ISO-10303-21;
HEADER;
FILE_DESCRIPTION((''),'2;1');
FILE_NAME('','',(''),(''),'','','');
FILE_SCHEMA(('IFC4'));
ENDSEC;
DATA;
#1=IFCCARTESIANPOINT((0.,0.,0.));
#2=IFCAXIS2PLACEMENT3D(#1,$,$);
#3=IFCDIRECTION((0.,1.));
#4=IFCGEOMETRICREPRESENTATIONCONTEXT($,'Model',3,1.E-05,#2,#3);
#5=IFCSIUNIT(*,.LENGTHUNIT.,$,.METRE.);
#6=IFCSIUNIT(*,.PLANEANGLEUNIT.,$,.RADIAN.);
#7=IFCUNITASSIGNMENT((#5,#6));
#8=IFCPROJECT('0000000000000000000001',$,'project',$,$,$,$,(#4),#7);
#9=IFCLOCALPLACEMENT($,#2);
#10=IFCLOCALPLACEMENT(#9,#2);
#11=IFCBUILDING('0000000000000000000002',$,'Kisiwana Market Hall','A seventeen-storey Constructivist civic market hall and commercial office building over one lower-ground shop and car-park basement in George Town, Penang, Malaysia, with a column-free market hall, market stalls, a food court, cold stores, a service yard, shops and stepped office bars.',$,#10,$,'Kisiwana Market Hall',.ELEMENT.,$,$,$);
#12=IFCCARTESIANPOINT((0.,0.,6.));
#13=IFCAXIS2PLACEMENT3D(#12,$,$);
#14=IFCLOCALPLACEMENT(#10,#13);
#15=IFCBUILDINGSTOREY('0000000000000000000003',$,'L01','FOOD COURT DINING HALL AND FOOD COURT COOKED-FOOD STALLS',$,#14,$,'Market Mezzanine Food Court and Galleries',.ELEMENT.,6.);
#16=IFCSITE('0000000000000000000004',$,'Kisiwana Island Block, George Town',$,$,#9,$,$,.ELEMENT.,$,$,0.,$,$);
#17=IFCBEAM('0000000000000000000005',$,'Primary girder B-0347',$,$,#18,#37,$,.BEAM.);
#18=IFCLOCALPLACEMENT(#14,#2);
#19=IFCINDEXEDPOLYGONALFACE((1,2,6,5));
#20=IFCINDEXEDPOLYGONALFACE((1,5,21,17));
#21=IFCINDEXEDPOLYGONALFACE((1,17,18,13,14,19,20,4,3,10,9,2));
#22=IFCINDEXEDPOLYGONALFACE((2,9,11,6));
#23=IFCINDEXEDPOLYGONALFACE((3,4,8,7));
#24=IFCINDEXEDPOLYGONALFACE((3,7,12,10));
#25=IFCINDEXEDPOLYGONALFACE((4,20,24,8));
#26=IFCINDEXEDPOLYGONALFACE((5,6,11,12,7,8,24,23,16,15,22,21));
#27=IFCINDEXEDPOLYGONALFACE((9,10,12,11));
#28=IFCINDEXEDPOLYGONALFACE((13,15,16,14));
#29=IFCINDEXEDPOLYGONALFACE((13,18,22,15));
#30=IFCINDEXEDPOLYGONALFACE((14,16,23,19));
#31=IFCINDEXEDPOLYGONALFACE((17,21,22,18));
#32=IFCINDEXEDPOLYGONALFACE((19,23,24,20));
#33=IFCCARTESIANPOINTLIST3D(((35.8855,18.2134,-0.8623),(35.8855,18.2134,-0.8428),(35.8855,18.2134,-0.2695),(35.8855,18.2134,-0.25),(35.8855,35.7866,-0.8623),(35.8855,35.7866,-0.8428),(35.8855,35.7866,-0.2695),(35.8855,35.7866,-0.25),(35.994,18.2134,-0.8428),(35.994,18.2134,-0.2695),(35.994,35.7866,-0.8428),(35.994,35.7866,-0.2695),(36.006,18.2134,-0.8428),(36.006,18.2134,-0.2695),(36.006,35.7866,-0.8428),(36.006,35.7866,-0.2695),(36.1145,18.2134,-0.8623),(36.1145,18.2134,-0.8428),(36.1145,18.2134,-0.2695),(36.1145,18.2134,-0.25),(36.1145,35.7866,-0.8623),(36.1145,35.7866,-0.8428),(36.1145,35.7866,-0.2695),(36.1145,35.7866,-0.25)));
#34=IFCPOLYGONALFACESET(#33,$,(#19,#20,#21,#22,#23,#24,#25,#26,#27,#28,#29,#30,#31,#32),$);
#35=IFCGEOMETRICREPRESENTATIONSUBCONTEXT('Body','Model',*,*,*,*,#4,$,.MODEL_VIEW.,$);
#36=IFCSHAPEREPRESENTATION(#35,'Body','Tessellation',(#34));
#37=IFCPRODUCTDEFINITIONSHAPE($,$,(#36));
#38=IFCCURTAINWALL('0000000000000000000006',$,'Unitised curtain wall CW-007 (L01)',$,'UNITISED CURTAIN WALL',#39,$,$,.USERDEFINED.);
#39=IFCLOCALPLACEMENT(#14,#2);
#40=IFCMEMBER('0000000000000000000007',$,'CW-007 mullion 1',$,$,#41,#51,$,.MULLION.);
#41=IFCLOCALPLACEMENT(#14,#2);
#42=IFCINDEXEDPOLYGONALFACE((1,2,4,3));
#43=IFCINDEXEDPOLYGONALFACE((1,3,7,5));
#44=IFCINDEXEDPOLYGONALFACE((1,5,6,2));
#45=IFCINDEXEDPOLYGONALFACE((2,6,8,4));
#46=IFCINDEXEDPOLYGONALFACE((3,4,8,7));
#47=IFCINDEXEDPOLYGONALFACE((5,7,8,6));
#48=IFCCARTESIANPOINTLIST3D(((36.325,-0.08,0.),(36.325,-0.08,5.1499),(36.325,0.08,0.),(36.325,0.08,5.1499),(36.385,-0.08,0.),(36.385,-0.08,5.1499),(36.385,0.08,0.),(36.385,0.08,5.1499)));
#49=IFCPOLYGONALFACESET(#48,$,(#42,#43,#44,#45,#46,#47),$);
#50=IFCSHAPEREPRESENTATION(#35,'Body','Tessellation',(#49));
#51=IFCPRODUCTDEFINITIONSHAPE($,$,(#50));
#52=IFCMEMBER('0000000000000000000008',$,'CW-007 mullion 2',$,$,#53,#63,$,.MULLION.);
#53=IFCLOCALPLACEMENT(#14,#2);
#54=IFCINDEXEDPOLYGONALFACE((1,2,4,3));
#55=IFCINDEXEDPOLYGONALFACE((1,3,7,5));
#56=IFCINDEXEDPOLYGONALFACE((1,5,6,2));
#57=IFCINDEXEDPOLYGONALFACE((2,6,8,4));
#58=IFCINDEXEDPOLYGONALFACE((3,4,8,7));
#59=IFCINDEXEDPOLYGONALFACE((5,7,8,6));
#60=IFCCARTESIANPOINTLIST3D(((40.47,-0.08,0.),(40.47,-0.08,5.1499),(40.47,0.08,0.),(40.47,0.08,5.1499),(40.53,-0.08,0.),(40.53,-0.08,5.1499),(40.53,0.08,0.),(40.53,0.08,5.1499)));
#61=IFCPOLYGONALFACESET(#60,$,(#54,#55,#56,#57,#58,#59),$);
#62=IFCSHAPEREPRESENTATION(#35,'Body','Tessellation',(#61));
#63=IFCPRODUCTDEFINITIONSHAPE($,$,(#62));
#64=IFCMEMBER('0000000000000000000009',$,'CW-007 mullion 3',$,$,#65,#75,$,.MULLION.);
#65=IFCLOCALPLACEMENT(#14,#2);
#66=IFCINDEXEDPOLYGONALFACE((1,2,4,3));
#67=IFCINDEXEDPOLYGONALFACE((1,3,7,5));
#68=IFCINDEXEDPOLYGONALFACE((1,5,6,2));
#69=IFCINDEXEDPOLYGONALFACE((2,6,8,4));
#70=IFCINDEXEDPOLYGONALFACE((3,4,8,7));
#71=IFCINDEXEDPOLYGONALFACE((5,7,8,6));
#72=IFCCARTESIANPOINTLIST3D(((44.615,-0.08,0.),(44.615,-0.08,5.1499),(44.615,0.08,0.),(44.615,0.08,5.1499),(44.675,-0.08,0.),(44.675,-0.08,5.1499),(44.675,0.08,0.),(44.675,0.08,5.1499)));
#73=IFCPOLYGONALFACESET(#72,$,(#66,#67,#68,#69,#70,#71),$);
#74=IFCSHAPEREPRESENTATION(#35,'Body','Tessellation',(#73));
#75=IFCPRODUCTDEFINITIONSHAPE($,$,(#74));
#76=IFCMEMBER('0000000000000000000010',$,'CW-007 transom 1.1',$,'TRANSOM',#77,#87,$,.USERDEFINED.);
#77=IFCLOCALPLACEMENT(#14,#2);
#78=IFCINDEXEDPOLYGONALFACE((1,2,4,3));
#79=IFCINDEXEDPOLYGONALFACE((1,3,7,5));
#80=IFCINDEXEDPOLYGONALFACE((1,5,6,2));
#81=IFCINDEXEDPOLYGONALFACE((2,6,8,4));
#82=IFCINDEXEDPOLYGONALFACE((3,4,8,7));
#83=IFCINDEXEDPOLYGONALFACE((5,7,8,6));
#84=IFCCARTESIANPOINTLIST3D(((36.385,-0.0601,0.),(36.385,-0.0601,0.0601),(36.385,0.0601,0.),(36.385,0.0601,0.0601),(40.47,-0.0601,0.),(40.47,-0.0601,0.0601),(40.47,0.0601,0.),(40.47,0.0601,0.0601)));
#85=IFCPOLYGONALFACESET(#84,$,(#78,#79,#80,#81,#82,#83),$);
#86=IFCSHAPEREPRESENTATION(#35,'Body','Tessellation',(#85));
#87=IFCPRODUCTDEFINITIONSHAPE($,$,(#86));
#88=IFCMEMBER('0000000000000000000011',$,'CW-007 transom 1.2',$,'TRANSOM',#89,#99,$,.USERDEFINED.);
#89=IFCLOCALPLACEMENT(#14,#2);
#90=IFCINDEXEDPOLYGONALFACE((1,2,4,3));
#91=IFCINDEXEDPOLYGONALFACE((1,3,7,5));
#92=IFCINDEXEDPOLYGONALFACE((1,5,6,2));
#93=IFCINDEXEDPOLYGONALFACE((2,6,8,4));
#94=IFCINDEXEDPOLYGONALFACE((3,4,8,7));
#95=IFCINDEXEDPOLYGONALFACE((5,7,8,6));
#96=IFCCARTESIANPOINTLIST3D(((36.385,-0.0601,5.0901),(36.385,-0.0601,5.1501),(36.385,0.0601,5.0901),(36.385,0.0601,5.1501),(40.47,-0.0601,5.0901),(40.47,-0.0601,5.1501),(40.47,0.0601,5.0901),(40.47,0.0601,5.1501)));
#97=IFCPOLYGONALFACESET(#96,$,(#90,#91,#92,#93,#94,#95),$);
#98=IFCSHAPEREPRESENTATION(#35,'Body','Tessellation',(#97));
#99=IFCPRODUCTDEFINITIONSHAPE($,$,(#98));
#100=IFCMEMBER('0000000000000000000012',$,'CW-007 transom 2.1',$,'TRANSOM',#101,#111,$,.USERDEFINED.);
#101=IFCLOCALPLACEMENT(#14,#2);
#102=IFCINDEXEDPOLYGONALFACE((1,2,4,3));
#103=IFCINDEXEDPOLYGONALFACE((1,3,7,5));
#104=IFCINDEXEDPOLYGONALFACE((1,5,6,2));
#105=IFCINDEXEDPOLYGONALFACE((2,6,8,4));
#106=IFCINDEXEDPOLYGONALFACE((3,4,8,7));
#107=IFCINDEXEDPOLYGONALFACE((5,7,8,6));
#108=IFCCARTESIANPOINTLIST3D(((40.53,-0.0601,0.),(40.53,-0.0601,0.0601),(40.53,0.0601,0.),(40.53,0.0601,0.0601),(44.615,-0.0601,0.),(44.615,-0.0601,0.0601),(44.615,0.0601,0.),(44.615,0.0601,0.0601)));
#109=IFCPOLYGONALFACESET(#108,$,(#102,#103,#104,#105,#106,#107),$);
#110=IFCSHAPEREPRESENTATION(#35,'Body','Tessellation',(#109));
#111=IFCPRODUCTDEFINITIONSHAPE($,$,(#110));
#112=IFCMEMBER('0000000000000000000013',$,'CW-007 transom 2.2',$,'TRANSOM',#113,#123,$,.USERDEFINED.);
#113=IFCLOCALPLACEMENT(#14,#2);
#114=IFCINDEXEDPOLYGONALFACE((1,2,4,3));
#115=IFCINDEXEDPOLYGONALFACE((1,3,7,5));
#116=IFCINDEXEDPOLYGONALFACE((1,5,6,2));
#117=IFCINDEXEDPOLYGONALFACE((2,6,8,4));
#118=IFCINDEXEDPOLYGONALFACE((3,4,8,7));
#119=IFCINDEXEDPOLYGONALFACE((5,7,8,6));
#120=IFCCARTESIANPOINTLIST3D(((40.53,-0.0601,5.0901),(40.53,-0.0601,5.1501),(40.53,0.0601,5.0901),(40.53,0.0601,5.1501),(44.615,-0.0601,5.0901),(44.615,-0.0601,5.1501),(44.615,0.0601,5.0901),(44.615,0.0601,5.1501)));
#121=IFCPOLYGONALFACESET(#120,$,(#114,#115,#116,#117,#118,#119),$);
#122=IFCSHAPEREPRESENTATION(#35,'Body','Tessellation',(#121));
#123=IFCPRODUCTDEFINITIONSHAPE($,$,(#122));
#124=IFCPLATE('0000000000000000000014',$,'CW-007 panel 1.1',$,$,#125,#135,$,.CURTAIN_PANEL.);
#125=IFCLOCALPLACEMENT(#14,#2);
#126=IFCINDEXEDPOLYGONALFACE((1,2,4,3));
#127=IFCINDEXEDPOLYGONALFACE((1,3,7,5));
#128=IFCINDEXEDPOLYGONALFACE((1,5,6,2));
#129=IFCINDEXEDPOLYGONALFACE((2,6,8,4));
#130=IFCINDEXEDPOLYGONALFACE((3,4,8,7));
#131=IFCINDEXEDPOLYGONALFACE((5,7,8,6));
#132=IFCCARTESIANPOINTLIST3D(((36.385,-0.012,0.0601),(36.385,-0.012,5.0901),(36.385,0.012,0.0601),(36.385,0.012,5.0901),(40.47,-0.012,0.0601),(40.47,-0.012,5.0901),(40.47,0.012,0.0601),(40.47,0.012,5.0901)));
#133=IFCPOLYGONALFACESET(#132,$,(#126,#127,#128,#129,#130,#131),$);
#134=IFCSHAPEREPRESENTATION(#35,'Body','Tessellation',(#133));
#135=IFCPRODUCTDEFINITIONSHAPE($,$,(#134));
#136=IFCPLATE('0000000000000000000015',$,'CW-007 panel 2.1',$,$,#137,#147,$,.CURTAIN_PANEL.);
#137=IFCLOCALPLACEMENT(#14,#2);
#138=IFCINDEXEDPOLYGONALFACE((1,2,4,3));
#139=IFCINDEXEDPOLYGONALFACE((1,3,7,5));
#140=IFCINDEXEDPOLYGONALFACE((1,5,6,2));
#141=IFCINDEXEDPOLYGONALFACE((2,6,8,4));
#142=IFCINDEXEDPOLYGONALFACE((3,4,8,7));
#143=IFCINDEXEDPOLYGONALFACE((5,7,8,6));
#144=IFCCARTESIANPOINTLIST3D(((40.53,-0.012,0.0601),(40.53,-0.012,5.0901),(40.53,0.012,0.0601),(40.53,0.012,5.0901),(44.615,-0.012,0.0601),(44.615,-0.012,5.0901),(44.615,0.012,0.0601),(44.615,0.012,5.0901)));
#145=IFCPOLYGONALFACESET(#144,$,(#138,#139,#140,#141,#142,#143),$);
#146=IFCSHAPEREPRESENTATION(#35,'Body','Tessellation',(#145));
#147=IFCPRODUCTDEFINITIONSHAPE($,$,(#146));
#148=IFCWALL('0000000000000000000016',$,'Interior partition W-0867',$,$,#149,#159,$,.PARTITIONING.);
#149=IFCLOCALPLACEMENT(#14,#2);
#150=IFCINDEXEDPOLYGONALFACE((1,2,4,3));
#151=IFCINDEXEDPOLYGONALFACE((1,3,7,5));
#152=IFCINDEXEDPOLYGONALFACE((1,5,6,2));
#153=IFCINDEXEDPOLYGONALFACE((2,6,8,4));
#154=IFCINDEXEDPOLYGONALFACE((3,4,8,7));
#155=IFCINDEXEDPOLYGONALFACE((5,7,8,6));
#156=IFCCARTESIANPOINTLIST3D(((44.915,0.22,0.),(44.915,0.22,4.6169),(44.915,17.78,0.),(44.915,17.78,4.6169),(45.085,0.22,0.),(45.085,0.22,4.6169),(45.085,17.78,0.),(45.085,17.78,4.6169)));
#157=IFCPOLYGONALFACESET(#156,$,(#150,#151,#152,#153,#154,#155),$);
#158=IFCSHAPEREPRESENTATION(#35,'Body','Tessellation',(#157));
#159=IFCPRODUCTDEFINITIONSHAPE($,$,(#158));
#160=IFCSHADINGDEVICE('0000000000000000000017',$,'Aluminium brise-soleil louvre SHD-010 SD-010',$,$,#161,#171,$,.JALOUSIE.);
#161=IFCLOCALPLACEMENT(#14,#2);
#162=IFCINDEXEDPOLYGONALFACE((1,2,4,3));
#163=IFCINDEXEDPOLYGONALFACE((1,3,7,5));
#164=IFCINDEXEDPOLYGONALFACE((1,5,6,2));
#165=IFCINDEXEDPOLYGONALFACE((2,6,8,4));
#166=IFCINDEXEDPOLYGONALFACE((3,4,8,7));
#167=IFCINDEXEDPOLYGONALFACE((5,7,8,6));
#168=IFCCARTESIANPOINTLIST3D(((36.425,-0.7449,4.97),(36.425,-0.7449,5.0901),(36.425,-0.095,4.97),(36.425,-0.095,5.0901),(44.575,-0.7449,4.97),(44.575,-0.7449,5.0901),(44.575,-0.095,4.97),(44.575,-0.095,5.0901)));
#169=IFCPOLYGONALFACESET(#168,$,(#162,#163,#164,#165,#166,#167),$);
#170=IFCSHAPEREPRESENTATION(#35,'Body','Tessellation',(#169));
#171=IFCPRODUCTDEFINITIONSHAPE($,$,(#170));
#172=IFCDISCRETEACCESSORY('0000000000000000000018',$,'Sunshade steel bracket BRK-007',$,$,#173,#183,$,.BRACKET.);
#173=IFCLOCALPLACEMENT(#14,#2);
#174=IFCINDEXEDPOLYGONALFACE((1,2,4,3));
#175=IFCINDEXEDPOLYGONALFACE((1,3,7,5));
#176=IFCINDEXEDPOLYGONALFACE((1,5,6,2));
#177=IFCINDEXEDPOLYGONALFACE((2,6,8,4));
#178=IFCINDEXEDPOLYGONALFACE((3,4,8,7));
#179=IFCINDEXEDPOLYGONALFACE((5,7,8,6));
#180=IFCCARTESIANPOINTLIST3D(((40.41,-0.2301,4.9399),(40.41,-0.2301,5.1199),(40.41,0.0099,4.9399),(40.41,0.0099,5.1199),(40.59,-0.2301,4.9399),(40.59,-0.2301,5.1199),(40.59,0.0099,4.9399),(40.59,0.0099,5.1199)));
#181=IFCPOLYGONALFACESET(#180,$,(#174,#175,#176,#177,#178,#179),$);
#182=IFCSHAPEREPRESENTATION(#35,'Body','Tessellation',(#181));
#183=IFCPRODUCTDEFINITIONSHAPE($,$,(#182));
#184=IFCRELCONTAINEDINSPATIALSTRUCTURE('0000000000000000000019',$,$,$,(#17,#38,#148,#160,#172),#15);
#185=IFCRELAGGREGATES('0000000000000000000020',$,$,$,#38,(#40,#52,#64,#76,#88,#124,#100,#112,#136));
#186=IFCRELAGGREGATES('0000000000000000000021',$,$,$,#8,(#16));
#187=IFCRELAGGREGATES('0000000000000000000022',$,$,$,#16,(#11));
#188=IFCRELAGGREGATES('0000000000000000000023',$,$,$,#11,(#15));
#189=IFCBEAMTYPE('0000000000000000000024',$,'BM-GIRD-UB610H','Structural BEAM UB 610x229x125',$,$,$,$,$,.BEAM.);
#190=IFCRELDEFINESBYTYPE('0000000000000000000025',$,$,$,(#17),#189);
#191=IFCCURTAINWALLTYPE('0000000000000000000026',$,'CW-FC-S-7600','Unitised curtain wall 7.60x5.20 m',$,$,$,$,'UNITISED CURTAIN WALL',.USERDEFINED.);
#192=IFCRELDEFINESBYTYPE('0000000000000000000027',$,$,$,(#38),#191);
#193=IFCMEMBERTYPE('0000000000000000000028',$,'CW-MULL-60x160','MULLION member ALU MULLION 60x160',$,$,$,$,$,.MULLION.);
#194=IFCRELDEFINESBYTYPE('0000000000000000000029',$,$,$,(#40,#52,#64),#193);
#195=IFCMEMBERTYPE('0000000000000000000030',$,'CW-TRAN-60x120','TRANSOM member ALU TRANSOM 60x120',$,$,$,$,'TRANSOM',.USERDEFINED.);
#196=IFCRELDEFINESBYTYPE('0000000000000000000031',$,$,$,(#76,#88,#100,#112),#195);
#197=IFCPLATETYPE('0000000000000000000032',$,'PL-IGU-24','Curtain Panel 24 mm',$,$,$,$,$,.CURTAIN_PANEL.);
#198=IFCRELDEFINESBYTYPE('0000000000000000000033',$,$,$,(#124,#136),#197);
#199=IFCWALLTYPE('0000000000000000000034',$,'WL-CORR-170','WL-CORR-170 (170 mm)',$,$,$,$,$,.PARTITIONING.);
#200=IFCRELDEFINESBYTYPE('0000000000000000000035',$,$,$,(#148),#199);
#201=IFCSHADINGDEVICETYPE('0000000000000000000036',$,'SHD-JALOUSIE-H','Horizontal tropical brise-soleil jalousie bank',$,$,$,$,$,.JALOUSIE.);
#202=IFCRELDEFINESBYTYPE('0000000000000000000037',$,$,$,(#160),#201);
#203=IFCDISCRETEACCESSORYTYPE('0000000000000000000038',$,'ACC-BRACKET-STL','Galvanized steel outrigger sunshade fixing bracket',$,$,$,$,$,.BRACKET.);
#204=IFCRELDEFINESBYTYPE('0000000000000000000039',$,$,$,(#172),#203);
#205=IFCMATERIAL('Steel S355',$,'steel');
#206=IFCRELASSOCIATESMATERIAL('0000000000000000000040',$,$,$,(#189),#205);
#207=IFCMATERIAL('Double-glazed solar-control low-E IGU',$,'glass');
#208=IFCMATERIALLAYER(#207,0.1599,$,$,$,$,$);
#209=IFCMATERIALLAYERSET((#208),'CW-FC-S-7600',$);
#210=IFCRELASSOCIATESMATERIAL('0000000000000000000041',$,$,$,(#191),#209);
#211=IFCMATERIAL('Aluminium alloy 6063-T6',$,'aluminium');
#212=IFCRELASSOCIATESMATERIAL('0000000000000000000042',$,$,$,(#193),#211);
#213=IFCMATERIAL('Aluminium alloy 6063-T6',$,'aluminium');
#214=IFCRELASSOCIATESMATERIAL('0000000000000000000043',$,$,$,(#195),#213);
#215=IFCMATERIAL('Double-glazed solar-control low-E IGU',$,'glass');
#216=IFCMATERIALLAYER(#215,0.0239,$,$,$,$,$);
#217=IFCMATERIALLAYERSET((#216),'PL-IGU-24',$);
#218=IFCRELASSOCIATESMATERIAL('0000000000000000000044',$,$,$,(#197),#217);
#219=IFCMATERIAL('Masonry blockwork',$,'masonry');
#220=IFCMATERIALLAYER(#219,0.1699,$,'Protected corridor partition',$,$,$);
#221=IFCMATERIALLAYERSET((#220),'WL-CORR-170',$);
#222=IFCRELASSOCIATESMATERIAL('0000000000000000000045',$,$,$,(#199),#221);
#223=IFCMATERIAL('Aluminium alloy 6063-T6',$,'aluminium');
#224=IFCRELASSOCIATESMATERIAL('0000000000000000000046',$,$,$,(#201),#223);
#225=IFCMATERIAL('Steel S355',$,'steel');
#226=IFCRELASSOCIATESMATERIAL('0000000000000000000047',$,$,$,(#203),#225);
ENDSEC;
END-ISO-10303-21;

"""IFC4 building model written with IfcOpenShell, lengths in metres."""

from ifc_helpers import new_model, si_unit, direction, frame, frame_2d, origin, origin_2d, place, context, subcontext, project, spatial, rectangle, i_section, extrude, material, layer, layer_set, material_profile, profile_set, type_object, element, aggregate, save


model = new_model("IFC4")

# Units and contexts
model_context = context("Model", 3, precision=1e-05, world=origin(), true_north=direction((0.0, 1.0)))
body_context = subcontext(model_context, "Body", "Model", "MODEL_VIEW")
ifc_project = project(units=[si_unit("LENGTHUNIT", "METRE"), si_unit("PLANEANGLEUNIT", "RADIAN")], contexts=[model_context])

# Site, building, storey
site_placement = place(None, origin())
site = spatial("IfcSite", under=ifc_project, at=site_placement, Name="Kisiwana Island Block, George Town", CompositionType="ELEMENT", RefElevation=0.0)
building_placement = place(site_placement, origin())
building = spatial("IfcBuilding", under=site, at=building_placement, Name="Kisiwana Market Hall", Description="A seventeen-storey Constructivist civic market hall and commercial office building over one lower-ground shop and car-park basement in George Town, Penang, Malaysia, with a column-free market hall, market stalls, a food court, cold stores, a service yard, shops and stepped office bars.", LongName="Kisiwana Market Hall", CompositionType="ELEMENT")
storey_placement = place(building_placement, frame((0.0, 0.0, 6.0)))
storey = spatial("IfcBuildingStorey", under=building, at=storey_placement, Name="L01", Description="FOOD COURT DINING HALL AND FOOD COURT COOKED-FOOD STALLS", LongName="Market Mezzanine Food Court and Galleries", CompositionType="ELEMENT", Elevation=6.0)

# Beam
ifc_material_1 = material(Name="Steel S355", Category="steel")
ifc_material_profile_1 = material_profile(ifc_material_1, i_section(OverallWidth=0.229, OverallDepth=0.6123, WebThickness=0.012, FlangeThickness=0.0195, at=origin_2d()), Name="UB 610x229x125")
ifc_profile_set_1 = profile_set([ifc_material_profile_1], Name="Steel S355")
beam_type_1 = type_object("IfcBeamType", Name="BM-GIRD-UB610H", Description="Structural BEAM UB 610x229x125", PredefinedType="BEAM", material=ifc_profile_set_1)
beam_1_placement = place(storey_placement, frame((36.0, 18.2134, -0.5562), z_axis=(0.0, 1.0, 0.0), x_axis=(-1.0, 0.0, 0.0)))
element("IfcBeam", 1, at=beam_1_placement, inside=storey, type_object=beam_type_1, Name="Primary girder B-0347", PredefinedType="BEAM", context=body_context, shape_type="SweptSolid", body=[
    extrude(i_section(OverallWidth=0.229, OverallDepth=0.6123, WebThickness=0.012, FlangeThickness=0.0195, at=origin_2d()), origin(), (0.0, 0.0, 1.0), 17.5732),
])

# Curtain wall, members, plates
ifc_material_2 = material(Name="Double-glazed solar-control low-E IGU", Category="glass")
ifc_layer_1 = layer(ifc_material_2, 0.1599)
ifc_layer_set_1 = layer_set([ifc_layer_1], Name="CW-FC-S-7600")
curtain_wall_type = type_object("IfcCurtainWallType", Name="CW-FC-S-7600", Description="Unitised curtain wall 7.60x5.20 m", ElementType="UNITISED CURTAIN WALL", PredefinedType="USERDEFINED", material=ifc_layer_set_1)
curtain_wall_placement = place(storey_placement, origin())
curtain_wall = element("IfcCurtainWall", 2, at=curtain_wall_placement, inside=storey, type_object=curtain_wall_type, Name="Unitised curtain wall CW-007 (L01)", ObjectType="UNITISED CURTAIN WALL", PredefinedType="USERDEFINED")
ifc_material_3 = material(Name="Aluminium alloy 6063-T6", Category="aluminium")
ifc_material_profile_2 = material_profile(ifc_material_3, rectangle(XDim=0.0601, YDim=0.1599, at=origin_2d()), Name="ALU MULLION 60x160")
ifc_profile_set_2 = profile_set([ifc_material_profile_2], Name="Aluminium alloy 6063-T6")
member_type_1 = type_object("IfcMemberType", Name="CW-MULL-60x160", Description="MULLION member ALU MULLION 60x160", PredefinedType="MULLION", material=ifc_profile_set_2)
member_1_placement = place(storey_placement, frame((36.355, 0.0, 0.0), z_axis=(0.0, 0.0, 1.0), x_axis=(1.0, 0.0, 0.0)))
member_1 = element("IfcMember", 3, at=member_1_placement, type_object=member_type_1, Name="CW-007 mullion 1", PredefinedType="MULLION", context=body_context, shape_type="SweptSolid", body=[
    extrude(rectangle(XDim=0.0601, YDim=0.1599, at=origin_2d()), origin(), (0.0, 0.0, 1.0), 5.1499),
])
member_2_placement = place(storey_placement, frame((40.5, 0.0, 0.0), z_axis=(0.0, 0.0, 1.0), x_axis=(1.0, 0.0, 0.0)))
member_2 = element("IfcMember", 4, at=member_2_placement, type_object=member_type_1, Name="CW-007 mullion 2", PredefinedType="MULLION", context=body_context, shape_type="SweptSolid", body=[
    extrude(rectangle(XDim=0.0601, YDim=0.1599, at=origin_2d()), origin(), (0.0, 0.0, 1.0), 5.1499),
])
member_3_placement = place(storey_placement, frame((44.645, 0.0, 0.0), z_axis=(0.0, 0.0, 1.0), x_axis=(1.0, 0.0, 0.0)))
member_3 = element("IfcMember", 5, at=member_3_placement, type_object=member_type_1, Name="CW-007 mullion 3", PredefinedType="MULLION", context=body_context, shape_type="SweptSolid", body=[
    extrude(rectangle(XDim=0.0601, YDim=0.1599, at=origin_2d()), origin(), (0.0, 0.0, 1.0), 5.1499),
])
ifc_material_4 = material(Name="Aluminium alloy 6063-T6", Category="aluminium")
ifc_material_profile_3 = material_profile(ifc_material_4, rectangle(XDim=0.1201, YDim=0.0601, at=origin_2d()), Name="ALU TRANSOM 60x120")
ifc_profile_set_3 = profile_set([ifc_material_profile_3], Name="Aluminium alloy 6063-T6")
member_type_2 = type_object("IfcMemberType", Name="CW-TRAN-60x120", Description="TRANSOM member ALU TRANSOM 60x120", ElementType="TRANSOM", PredefinedType="USERDEFINED", material=ifc_profile_set_3)
member_4_placement = place(storey_placement, frame((36.385, 0.0, 0.03), z_axis=(1.0, 0.0, 0.0), x_axis=(0.0, 1.0, 0.0)))
member_4 = element("IfcMember", 6, at=member_4_placement, type_object=member_type_2, Name="CW-007 transom 1.1", ObjectType="TRANSOM", PredefinedType="USERDEFINED", context=body_context, shape_type="SweptSolid", body=[
    extrude(rectangle(XDim=0.1201, YDim=0.0601, at=origin_2d()), origin(), (0.0, 0.0, 1.0), 4.085),
])
member_5_placement = place(storey_placement, frame((36.385, 0.0, 5.1201), z_axis=(1.0, 0.0, 0.0), x_axis=(0.0, 1.0, 0.0)))
member_5 = element("IfcMember", 7, at=member_5_placement, type_object=member_type_2, Name="CW-007 transom 1.2", ObjectType="TRANSOM", PredefinedType="USERDEFINED", context=body_context, shape_type="SweptSolid", body=[
    extrude(rectangle(XDim=0.1201, YDim=0.0601, at=origin_2d()), origin(), (0.0, 0.0, 1.0), 4.085),
])
member_6_placement = place(storey_placement, frame((40.53, 0.0, 0.03), z_axis=(1.0, 0.0, 0.0), x_axis=(0.0, 1.0, 0.0)))
member_6 = element("IfcMember", 8, at=member_6_placement, type_object=member_type_2, Name="CW-007 transom 2.1", ObjectType="TRANSOM", PredefinedType="USERDEFINED", context=body_context, shape_type="SweptSolid", body=[
    extrude(rectangle(XDim=0.1201, YDim=0.0601, at=origin_2d()), origin(), (0.0, 0.0, 1.0), 4.085),
])
member_7_placement = place(storey_placement, frame((40.53, 0.0, 5.1201), z_axis=(1.0, 0.0, 0.0), x_axis=(0.0, 1.0, 0.0)))
member_7 = element("IfcMember", 9, at=member_7_placement, type_object=member_type_2, Name="CW-007 transom 2.2", ObjectType="TRANSOM", PredefinedType="USERDEFINED", context=body_context, shape_type="SweptSolid", body=[
    extrude(rectangle(XDim=0.1201, YDim=0.0601, at=origin_2d()), origin(), (0.0, 0.0, 1.0), 4.085),
])
ifc_material_5 = material(Name="Double-glazed solar-control low-E IGU", Category="glass")
ifc_layer_2 = layer(ifc_material_5, 0.0239)
ifc_layer_set_2 = layer_set([ifc_layer_2], Name="PL-IGU-24")
plate_type = type_object("IfcPlateType", Name="PL-IGU-24", Description="Curtain Panel 24 mm", PredefinedType="CURTAIN_PANEL", material=ifc_layer_set_2)
plate_1_placement = place(storey_placement, frame((38.4275, 0.0, 0.0601), z_axis=(0.0, 0.0, 1.0), x_axis=(1.0, 0.0, 0.0)))
plate_1 = element("IfcPlate", 10, at=plate_1_placement, type_object=plate_type, Name="CW-007 panel 1.1", PredefinedType="CURTAIN_PANEL", context=body_context, shape_type="SweptSolid", body=[
    extrude(rectangle(XDim=4.085, YDim=0.0239, at=origin_2d()), origin(), (0.0, 0.0, 1.0), 5.03),
])
plate_2_placement = place(storey_placement, frame((42.5725, 0.0, 0.0601), z_axis=(0.0, 0.0, 1.0), x_axis=(1.0, 0.0, 0.0)))
plate_2 = element("IfcPlate", 11, at=plate_2_placement, type_object=plate_type, Name="CW-007 panel 2.1", PredefinedType="CURTAIN_PANEL", context=body_context, shape_type="SweptSolid", body=[
    extrude(rectangle(XDim=4.085, YDim=0.0239, at=origin_2d()), origin(), (0.0, 0.0, 1.0), 5.03),
])
aggregate(curtain_wall, [member_1, member_2, member_3, member_4, member_5, plate_1, member_6, member_7, plate_2])

# Wall
ifc_material_6 = material(Name="Masonry blockwork", Category="masonry")
ifc_layer_3 = layer(ifc_material_6, 0.1699, Name="Protected corridor partition")
ifc_layer_set_3 = layer_set([ifc_layer_3], Name="WL-CORR-170")
wall_type = type_object("IfcWallType", Name="WL-CORR-170", Description="WL-CORR-170 (170 mm)", PredefinedType="PARTITIONING", material=ifc_layer_set_3)
wall_placement = place(storey_placement, frame((45.0, 0.22, 0.0), z_axis=(0.0, 0.0, 1.0), x_axis=(0.0, 1.0, 0.0)))
element("IfcWall", 12, at=wall_placement, inside=storey, type_object=wall_type, Name="Interior partition W-0867", PredefinedType="PARTITIONING", context=body_context, shape_type="SweptSolid", body=[
    extrude(rectangle(XDim=17.5601, YDim=0.1699, at=frame_2d((8.78, 0.0))), origin(), (0.0, 0.0, 1.0), 4.6169),
])

# Shading device
ifc_material_7 = material(Name="Aluminium alloy 6063-T6", Category="aluminium")
shading_device_type = type_object("IfcShadingDeviceType", Name="SHD-JALOUSIE-H", Description="Horizontal tropical brise-soleil jalousie bank", PredefinedType="JALOUSIE", material=ifc_material_7)
shading_device_placement = place(storey_placement, frame((40.5, -0.4199, 4.97), z_axis=(0.0, 0.0, 1.0), x_axis=(1.0, 0.0, 0.0)))
element("IfcShadingDevice", 13, at=shading_device_placement, inside=storey, type_object=shading_device_type, Name="Aluminium brise-soleil louvre SHD-010 SD-010", PredefinedType="JALOUSIE", context=body_context, shape_type="SweptSolid", body=[
    extrude(rectangle(XDim=8.1499, YDim=0.6499, at=origin_2d()), origin(), (0.0, 0.0, 1.0), 0.1201),
])

# Discrete accessory
ifc_material_8 = material(Name="Steel S355", Category="steel")
discrete_accessory_type = type_object("IfcDiscreteAccessoryType", Name="ACC-BRACKET-STL", Description="Galvanized steel outrigger sunshade fixing bracket", PredefinedType="BRACKET", material=ifc_material_8)
discrete_accessory_placement = place(storey_placement, frame((40.5, -0.1101, 4.9399), z_axis=(0.0, 0.0, 1.0), x_axis=(1.0, 0.0, 0.0)))
element("IfcDiscreteAccessory", 14, at=discrete_accessory_placement, inside=storey, type_object=discrete_accessory_type, Name="Sunshade steel bracket BRK-007", PredefinedType="BRACKET", context=body_context, shape_type="SweptSolid", body=[
    extrude(rectangle(XDim=0.1799, YDim=0.24, at=origin_2d()), origin(), (0.0, 0.0, 1.0), 0.1799),
])

save(model, "model.ifc")
